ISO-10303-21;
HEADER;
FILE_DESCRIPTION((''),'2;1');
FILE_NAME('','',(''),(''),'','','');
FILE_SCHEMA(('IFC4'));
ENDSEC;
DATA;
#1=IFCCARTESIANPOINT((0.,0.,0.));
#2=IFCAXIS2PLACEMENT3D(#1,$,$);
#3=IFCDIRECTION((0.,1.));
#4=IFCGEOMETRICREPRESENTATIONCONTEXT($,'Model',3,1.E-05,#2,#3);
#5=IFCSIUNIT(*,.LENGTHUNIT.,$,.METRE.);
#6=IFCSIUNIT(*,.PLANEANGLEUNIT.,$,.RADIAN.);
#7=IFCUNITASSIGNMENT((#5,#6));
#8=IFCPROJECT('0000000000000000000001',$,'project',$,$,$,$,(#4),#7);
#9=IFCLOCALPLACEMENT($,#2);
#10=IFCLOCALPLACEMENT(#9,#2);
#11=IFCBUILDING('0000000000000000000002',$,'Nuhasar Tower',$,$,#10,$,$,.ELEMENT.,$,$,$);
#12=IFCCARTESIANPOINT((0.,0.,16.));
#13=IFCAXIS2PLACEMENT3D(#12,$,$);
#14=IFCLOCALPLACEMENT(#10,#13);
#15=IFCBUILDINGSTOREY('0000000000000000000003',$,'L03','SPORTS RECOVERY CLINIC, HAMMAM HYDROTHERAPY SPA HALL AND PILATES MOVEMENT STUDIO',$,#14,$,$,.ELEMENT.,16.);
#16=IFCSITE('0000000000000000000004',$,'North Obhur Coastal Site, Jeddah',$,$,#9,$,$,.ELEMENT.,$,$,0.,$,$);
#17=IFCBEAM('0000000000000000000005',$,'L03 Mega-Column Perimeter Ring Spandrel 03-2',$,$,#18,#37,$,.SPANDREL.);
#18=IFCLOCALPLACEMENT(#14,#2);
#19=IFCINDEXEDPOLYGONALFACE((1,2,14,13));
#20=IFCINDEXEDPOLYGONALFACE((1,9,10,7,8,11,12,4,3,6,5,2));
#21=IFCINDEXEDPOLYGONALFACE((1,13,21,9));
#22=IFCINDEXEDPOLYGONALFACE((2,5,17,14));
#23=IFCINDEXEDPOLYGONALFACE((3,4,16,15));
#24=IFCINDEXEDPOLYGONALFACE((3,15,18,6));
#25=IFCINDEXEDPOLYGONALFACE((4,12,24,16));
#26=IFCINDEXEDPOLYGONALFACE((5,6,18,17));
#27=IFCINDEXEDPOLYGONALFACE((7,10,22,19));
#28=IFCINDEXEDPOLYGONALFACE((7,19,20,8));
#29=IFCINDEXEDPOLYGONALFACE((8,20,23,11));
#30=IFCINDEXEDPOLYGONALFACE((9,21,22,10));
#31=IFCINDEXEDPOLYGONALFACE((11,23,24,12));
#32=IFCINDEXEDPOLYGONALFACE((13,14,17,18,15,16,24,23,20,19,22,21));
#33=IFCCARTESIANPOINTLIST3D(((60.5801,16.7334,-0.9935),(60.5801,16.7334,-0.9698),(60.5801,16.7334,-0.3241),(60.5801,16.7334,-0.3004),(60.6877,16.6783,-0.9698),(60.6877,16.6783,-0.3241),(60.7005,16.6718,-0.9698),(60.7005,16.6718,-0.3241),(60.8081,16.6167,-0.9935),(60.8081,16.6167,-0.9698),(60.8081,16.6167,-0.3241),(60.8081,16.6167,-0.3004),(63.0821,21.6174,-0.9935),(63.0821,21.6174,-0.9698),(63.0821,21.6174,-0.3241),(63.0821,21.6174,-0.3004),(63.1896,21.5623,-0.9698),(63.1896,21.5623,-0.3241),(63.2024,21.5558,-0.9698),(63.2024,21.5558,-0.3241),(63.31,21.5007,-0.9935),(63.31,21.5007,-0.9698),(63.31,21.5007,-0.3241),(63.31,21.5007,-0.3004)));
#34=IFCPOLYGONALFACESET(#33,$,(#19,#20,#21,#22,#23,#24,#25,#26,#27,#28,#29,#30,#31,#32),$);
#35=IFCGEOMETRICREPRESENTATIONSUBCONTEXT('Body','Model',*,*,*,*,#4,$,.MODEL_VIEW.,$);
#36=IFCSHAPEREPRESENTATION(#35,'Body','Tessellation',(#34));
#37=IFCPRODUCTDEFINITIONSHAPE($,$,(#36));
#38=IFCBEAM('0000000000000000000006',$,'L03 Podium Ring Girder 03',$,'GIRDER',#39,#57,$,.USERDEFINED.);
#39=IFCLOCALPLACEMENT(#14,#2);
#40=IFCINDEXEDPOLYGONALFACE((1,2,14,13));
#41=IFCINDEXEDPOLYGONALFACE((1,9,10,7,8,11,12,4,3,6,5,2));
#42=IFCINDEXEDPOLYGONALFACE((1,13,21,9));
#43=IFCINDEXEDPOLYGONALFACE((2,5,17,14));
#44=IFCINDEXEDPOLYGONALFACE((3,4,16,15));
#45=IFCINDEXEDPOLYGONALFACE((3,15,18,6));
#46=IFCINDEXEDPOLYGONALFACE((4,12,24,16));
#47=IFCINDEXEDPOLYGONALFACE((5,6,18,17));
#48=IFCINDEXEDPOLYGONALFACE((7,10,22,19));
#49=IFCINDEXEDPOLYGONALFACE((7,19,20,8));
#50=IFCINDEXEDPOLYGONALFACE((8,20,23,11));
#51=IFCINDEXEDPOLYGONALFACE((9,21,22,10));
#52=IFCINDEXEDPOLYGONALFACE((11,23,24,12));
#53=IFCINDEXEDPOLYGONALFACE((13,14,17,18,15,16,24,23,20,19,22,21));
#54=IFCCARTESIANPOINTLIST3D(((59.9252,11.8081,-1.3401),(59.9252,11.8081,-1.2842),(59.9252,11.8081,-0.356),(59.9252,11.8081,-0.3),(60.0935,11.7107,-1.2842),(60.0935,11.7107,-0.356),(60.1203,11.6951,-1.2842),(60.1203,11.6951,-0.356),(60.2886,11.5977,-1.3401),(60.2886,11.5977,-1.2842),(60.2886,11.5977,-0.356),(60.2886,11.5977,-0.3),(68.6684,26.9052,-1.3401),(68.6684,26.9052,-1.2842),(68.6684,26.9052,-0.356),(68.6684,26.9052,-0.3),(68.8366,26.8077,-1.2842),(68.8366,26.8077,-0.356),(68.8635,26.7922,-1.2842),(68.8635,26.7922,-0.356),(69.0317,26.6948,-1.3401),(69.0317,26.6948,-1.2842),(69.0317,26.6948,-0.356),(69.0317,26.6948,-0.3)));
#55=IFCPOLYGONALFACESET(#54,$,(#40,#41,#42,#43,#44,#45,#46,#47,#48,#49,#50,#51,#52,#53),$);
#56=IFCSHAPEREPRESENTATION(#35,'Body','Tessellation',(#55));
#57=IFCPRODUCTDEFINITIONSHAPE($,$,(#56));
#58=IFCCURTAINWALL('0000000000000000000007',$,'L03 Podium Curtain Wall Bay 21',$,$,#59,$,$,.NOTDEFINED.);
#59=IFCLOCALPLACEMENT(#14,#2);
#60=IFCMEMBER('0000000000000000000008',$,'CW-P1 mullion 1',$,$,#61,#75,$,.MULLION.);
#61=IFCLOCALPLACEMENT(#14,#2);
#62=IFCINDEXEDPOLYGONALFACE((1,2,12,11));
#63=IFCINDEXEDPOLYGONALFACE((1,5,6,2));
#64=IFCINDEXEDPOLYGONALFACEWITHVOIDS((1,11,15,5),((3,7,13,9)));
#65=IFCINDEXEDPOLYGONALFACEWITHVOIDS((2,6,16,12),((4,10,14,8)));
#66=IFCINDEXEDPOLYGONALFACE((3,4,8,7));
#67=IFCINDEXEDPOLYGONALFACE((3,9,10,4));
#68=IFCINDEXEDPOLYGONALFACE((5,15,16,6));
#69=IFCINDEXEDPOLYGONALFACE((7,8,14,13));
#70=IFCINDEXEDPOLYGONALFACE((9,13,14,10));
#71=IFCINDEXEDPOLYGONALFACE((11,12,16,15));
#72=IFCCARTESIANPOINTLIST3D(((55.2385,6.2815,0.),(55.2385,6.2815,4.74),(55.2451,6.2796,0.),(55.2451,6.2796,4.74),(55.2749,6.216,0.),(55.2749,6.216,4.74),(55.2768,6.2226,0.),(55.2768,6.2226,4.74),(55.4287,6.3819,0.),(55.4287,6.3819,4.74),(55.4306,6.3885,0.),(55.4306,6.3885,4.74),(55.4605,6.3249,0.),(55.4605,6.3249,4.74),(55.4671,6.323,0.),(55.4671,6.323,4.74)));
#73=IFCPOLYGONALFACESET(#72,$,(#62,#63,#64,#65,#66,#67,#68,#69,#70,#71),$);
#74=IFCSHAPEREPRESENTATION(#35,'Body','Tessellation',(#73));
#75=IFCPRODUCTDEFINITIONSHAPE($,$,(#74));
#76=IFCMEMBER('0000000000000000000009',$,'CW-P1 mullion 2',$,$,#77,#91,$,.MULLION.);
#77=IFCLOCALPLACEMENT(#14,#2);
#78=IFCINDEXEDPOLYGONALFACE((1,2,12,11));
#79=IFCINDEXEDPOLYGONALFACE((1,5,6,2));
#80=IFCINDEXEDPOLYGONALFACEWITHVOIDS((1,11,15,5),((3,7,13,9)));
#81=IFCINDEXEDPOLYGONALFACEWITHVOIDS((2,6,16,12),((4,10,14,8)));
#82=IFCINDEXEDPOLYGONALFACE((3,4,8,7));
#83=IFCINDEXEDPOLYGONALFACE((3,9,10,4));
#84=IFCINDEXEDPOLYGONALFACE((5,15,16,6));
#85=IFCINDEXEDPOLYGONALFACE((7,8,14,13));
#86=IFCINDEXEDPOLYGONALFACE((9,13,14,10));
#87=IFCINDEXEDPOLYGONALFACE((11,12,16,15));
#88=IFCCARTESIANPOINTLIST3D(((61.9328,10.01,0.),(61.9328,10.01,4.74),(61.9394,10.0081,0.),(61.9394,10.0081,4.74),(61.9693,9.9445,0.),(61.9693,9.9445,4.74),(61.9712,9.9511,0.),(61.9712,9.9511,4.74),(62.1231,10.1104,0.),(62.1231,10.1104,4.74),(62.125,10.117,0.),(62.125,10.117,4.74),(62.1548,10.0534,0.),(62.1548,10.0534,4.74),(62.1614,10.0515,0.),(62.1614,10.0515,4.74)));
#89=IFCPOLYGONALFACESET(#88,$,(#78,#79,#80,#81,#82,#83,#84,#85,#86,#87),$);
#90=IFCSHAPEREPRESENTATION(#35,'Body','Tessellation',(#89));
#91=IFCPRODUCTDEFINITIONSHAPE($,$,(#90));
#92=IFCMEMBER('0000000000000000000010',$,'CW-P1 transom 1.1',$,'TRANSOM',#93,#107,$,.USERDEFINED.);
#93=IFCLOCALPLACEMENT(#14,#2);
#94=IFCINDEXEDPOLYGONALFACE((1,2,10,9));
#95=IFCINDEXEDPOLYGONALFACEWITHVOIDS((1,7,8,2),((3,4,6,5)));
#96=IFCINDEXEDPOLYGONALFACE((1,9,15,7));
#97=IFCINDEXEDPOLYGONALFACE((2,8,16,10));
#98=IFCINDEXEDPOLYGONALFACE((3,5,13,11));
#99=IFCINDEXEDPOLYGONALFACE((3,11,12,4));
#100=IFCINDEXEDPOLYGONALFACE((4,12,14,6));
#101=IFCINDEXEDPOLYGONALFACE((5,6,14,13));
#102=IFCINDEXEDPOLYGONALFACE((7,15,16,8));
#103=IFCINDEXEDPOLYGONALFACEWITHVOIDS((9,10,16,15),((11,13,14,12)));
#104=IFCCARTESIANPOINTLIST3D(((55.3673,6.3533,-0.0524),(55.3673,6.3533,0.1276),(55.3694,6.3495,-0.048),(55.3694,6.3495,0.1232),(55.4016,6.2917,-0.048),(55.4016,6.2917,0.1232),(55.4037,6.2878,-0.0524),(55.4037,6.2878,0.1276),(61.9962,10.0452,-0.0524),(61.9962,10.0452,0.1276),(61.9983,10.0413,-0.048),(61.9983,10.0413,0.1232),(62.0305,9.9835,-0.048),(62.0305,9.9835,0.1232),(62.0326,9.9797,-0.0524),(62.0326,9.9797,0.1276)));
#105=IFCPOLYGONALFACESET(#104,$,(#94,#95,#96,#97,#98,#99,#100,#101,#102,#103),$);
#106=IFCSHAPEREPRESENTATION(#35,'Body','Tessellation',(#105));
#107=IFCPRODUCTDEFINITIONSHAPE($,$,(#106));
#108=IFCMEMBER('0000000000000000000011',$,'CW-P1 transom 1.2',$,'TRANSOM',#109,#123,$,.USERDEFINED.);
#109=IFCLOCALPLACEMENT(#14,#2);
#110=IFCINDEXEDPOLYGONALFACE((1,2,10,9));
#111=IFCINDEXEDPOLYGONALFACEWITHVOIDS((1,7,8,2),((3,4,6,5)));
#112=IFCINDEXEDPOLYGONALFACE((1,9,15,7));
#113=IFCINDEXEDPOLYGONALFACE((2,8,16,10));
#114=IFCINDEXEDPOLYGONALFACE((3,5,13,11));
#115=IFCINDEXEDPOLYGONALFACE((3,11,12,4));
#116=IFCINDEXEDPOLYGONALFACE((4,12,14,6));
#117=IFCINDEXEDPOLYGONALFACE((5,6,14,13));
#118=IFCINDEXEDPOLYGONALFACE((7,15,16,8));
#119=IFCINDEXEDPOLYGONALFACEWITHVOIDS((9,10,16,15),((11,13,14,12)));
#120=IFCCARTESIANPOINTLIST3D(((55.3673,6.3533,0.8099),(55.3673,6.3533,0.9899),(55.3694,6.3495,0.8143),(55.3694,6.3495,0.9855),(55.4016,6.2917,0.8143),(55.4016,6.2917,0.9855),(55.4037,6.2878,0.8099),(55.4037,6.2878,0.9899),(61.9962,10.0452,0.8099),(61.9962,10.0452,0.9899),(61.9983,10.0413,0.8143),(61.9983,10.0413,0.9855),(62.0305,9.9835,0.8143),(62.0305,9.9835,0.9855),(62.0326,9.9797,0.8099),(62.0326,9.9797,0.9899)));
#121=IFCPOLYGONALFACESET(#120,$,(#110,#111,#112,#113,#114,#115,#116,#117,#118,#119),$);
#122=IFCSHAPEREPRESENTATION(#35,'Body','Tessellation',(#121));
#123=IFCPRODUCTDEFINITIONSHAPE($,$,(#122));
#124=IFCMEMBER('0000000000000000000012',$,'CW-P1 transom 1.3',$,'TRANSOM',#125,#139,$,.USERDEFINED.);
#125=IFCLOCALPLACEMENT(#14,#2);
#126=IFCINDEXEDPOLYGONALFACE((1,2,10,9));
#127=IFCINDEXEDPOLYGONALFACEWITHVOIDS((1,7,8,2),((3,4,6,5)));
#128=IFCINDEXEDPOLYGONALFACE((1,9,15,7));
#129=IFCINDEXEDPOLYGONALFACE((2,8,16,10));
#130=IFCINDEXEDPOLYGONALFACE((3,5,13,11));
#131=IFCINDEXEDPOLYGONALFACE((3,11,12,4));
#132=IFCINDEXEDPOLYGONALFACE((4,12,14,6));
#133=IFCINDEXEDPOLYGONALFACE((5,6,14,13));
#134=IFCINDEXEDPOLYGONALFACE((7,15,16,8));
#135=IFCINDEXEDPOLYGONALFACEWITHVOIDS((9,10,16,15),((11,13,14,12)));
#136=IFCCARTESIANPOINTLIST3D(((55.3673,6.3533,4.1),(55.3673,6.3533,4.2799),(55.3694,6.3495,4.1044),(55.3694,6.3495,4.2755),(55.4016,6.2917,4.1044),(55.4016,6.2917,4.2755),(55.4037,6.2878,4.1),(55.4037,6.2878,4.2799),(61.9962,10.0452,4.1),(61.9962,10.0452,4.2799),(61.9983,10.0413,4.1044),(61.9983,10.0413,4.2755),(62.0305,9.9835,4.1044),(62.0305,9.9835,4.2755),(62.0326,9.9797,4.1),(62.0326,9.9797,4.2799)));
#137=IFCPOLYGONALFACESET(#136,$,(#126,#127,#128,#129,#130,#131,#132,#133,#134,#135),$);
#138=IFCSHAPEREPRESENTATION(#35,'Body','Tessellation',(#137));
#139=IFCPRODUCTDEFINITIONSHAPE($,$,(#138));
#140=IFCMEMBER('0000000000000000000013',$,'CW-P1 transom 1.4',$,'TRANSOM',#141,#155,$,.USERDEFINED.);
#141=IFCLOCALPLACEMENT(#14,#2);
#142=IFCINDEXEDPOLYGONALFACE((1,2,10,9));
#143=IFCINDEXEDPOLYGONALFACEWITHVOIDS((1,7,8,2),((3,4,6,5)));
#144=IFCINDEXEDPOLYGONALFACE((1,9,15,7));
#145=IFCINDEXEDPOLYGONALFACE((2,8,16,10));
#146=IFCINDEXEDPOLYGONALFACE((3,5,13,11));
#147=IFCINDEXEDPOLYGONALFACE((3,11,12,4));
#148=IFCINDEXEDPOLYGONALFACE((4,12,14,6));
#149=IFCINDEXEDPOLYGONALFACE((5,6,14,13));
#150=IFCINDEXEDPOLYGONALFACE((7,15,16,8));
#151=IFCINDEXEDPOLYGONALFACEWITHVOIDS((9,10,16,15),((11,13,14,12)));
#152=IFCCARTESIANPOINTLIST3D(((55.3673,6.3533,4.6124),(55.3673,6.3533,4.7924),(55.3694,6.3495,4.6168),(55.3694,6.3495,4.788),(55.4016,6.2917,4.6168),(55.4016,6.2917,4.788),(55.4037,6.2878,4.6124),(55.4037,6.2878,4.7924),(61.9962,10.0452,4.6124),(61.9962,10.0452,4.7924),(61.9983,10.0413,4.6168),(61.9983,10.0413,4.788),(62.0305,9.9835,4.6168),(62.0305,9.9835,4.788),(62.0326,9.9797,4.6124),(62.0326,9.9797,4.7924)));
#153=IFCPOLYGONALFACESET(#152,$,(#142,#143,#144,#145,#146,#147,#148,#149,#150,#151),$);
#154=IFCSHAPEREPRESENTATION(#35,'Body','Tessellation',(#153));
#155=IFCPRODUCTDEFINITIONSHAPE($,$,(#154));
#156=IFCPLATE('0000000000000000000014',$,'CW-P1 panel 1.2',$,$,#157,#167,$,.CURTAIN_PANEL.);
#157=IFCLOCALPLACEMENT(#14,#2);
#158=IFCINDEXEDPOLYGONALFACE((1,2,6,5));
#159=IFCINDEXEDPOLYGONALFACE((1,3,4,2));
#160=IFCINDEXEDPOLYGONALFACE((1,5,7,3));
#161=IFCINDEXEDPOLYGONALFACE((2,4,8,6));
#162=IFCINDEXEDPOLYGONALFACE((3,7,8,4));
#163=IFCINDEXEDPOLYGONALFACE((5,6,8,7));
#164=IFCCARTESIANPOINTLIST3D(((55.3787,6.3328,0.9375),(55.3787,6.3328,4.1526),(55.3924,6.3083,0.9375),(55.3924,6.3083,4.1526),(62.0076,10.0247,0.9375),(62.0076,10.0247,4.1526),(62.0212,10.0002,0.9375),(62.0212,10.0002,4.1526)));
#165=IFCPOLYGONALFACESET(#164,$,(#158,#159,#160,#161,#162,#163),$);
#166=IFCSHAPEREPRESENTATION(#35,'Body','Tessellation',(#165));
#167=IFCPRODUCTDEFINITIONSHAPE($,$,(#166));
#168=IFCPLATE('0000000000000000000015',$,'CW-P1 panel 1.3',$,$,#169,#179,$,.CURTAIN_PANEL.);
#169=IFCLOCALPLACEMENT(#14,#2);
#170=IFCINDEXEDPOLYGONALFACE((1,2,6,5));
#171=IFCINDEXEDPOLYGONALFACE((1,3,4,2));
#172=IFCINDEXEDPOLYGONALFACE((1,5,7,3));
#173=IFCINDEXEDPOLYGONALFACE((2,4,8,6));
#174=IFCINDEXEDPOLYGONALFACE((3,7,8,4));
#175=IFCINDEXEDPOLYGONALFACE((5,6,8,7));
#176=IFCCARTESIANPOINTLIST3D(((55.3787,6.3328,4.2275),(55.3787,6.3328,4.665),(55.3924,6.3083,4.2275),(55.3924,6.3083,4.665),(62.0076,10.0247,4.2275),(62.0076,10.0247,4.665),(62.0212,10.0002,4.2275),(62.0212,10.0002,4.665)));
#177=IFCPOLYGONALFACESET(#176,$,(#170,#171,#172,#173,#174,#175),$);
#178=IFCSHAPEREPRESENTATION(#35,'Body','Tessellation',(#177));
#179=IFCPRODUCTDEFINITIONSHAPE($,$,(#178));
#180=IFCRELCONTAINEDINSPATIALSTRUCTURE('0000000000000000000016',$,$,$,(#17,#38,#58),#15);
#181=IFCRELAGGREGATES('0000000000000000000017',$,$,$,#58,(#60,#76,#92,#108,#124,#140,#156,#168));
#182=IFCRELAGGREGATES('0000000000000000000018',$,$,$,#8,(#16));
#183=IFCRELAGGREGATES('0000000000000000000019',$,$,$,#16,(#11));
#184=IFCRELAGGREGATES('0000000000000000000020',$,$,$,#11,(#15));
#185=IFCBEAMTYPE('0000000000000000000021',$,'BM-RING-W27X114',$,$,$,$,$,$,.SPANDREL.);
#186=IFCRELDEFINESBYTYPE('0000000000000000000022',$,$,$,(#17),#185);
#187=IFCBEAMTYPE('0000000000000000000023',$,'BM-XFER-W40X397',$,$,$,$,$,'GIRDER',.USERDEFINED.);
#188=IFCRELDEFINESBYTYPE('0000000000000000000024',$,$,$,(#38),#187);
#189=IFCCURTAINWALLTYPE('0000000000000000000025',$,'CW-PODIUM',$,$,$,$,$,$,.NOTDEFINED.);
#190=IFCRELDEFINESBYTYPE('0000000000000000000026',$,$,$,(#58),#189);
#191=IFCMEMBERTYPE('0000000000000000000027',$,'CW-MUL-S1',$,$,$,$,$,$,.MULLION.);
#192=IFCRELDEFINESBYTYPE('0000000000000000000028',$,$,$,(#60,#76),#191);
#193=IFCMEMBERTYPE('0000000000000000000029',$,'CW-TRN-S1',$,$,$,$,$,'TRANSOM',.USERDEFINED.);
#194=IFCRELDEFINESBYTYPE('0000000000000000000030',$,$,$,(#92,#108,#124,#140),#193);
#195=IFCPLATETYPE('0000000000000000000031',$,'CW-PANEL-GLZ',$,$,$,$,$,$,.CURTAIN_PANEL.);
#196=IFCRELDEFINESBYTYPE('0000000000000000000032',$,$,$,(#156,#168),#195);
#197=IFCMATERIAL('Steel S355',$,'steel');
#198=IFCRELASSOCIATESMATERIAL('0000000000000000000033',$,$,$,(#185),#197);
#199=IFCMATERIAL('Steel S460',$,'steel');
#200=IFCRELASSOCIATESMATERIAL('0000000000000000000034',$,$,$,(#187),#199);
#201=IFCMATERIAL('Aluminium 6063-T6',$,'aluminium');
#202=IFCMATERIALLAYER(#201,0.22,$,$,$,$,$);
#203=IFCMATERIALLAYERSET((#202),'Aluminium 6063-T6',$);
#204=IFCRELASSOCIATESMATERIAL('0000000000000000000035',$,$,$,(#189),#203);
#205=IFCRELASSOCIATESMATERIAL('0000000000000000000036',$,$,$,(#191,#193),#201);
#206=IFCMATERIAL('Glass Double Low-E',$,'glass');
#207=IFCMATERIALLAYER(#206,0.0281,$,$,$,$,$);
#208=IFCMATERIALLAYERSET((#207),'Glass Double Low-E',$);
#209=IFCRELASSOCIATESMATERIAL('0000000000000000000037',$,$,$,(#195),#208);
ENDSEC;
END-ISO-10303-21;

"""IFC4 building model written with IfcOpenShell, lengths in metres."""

from ifc_helpers import new_model, si_unit, direction, frame, origin, origin_2d, place, context, subcontext, project, spatial, rectangle, hollow_rectangle, i_section, extrude, material, layer, layer_set, material_profile, profile_set, type_object, element, aggregate, save


model = new_model("IFC4")

# Units and contexts
model_context = context("Model", 3, precision=1e-05, world=origin(), true_north=direction((0.0, 1.0)))
body_context = subcontext(model_context, "Body", "Model", "MODEL_VIEW")
ifc_project = project(units=[si_unit("LENGTHUNIT", "METRE"), si_unit("PLANEANGLEUNIT", "RADIAN")], contexts=[model_context])

# Site, building, storey
site_placement = place(None, origin())
site = spatial("IfcSite", under=ifc_project, at=site_placement, Name="North Obhur Coastal Site, Jeddah", CompositionType="ELEMENT", RefElevation=0.0)
building_placement = place(site_placement, origin())
building = spatial("IfcBuilding", under=site, at=building_placement, Name="Nuhasar Tower", CompositionType="ELEMENT")
storey_placement = place(building_placement, frame((0.0, 0.0, 16.0)))
storey = spatial("IfcBuildingStorey", under=building, at=storey_placement, Name="L03", Description="SPORTS RECOVERY CLINIC, HAMMAM HYDROTHERAPY SPA HALL AND PILATES MOVEMENT STUDIO", CompositionType="ELEMENT", Elevation=16.0)

# Beams
ifc_material_1 = material(Name="Steel S355", Category="steel")
ifc_material_profile_1 = material_profile(ifc_material_1, i_section(OverallWidth=0.2561, OverallDepth=0.6931, WebThickness=0.0144, FlangeThickness=0.0237, at=origin_2d()), Name="W27X114")
ifc_profile_set_1 = profile_set([ifc_material_profile_1], Name="Steel S355")
beam_type_1 = type_object("IfcBeamType", Name="BM-RING-W27X114", PredefinedType="SPANDREL", material=ifc_profile_set_1)
beam_1_placement = place(storey_placement, frame((60.6941, 16.675, -0.647), z_axis=(0.45593, 0.890016, 0.0), x_axis=(-0.890016, 0.45593, 0.0)))
element("IfcBeam", 1, at=beam_1_placement, inside=storey, type_object=beam_type_1, Name="L03 Mega-Column Perimeter Ring Spandrel 03-2", PredefinedType="SPANDREL", context=body_context, shape_type="SweptSolid", body=[
    extrude(i_section(OverallWidth=0.2561, OverallDepth=0.6931, WebThickness=0.0144, FlangeThickness=0.0237, at=origin_2d()), origin(), (0.0, 0.0, 1.0), 5.4875),
])
ifc_material_2 = material(Name="Steel S460", Category="steel")
ifc_material_profile_2 = material_profile(ifc_material_2, i_section(OverallWidth=0.4199, OverallDepth=1.04, WebThickness=0.031, FlangeThickness=0.0559, at=origin_2d()), Name="W40X397")
ifc_profile_set_2 = profile_set([ifc_material_profile_2], Name="Steel S460")
beam_type_2 = type_object("IfcBeamType", Name="BM-XFER-W40X397", ElementType="GIRDER", PredefinedType="USERDEFINED", material=ifc_profile_set_2)
beam_2_placement = place(storey_placement, frame((60.1069, 11.7029, -0.8201), z_axis=(0.501152, 0.865359, 0.0), x_axis=(-0.865359, 0.501152, 0.0)))
element("IfcBeam", 2, at=beam_2_placement, inside=storey, type_object=beam_type_2, Name="L03 Podium Ring Girder 03", ObjectType="GIRDER", PredefinedType="USERDEFINED", context=body_context, shape_type="SweptSolid", body=[
    extrude(i_section(OverallWidth=0.4199, OverallDepth=1.04, WebThickness=0.031, FlangeThickness=0.0559, at=origin_2d()), origin(), (0.0, 0.0, 1.0), 17.446),
])

# Curtain wall, members, plates
ifc_material_3 = material(Name="Aluminium 6063-T6", Category="aluminium")
ifc_layer_1 = layer(ifc_material_3, 0.22)
ifc_layer_set_1 = layer_set([ifc_layer_1], Name="Aluminium 6063-T6")
curtain_wall_type = type_object("IfcCurtainWallType", Name="CW-PODIUM", PredefinedType="NOTDEFINED", material=ifc_layer_set_1)
curtain_wall_placement = place(storey_placement, origin())
curtain_wall = element("IfcCurtainWall", 3, at=curtain_wall_placement, inside=storey, type_object=curtain_wall_type, Name="L03 Podium Curtain Wall Bay 21", PredefinedType="NOTDEFINED")
ifc_material_profile_3 = material_profile(ifc_material_3, hollow_rectangle(XDim=0.075, YDim=0.22, WallThickness=0.0049, at=origin_2d()), Name="CWM-1")
ifc_profile_set_3 = profile_set([ifc_material_profile_3], Name="Aluminium 6063-T6")
member_type_1 = type_object("IfcMemberType", Name="CW-MUL-S1", PredefinedType="MULLION", material=ifc_profile_set_3)
member_1_placement = place(storey_placement, frame((55.3528, 6.3022, 0.0), z_axis=(0.0, 0.0, 1.0), x_axis=(-0.486575, 0.873639, 0.0)))
member_1 = element("IfcMember", 4, at=member_1_placement, type_object=member_type_1, Name="CW-P1 mullion 1", PredefinedType="MULLION", context=body_context, shape_type="SweptSolid", body=[
    extrude(hollow_rectangle(XDim=0.075, YDim=0.22, WallThickness=0.0049, at=origin_2d()), origin(), (0.0, 0.0, 1.0), 4.74),
])
member_2_placement = place(storey_placement, frame((62.0471, 10.0308, 0.0), z_axis=(0.0, 0.0, 1.0), x_axis=(-0.486575, 0.873639, 0.0)))
member_2 = element("IfcMember", 5, at=member_2_placement, type_object=member_type_1, Name="CW-P1 mullion 2", PredefinedType="MULLION", context=body_context, shape_type="SweptSolid", body=[
    extrude(hollow_rectangle(XDim=0.075, YDim=0.22, WallThickness=0.0049, at=origin_2d()), origin(), (0.0, 0.0, 1.0), 4.74),
])
ifc_material_profile_4 = material_profile(ifc_material_3, hollow_rectangle(XDim=0.075, YDim=0.1799, WallThickness=0.0044, at=origin_2d()), Name="CWT-1")
ifc_profile_set_4 = profile_set([ifc_material_profile_4], Name="Aluminium 6063-T6")
member_type_2 = type_object("IfcMemberType", Name="CW-TRN-S1", ElementType="TRANSOM", PredefinedType="USERDEFINED", material=ifc_profile_set_4)
member_3_placement = place(storey_placement, frame((55.3855, 6.3206, 0.0376), z_axis=(0.873644, 0.486566, 0.0), x_axis=(-0.486566, 0.873644, 0.0)))
member_3 = element("IfcMember", 6, at=member_3_placement, type_object=member_type_2, Name="CW-P1 transom 1.1", ObjectType="TRANSOM", PredefinedType="USERDEFINED", context=body_context, shape_type="SweptSolid", body=[
    extrude(hollow_rectangle(XDim=0.075, YDim=0.1799, WallThickness=0.0044, at=origin_2d()), origin(), (0.0, 0.0, 1.0), 7.5876),
])
member_4_placement = place(storey_placement, frame((55.3855, 6.3206, 0.8999), z_axis=(0.873644, 0.486566, 0.0), x_axis=(-0.486566, 0.873644, 0.0)))
member_4 = element("IfcMember", 7, at=member_4_placement, type_object=member_type_2, Name="CW-P1 transom 1.2", ObjectType="TRANSOM", PredefinedType="USERDEFINED", context=body_context, shape_type="SweptSolid", body=[
    extrude(hollow_rectangle(XDim=0.075, YDim=0.1799, WallThickness=0.0044, at=origin_2d()), origin(), (0.0, 0.0, 1.0), 7.5876),
])
member_5_placement = place(storey_placement, frame((55.3855, 6.3206, 4.1899), z_axis=(0.873644, 0.486566, 0.0), x_axis=(-0.486566, 0.873644, 0.0)))
member_5 = element("IfcMember", 8, at=member_5_placement, type_object=member_type_2, Name="CW-P1 transom 1.3", ObjectType="TRANSOM", PredefinedType="USERDEFINED", context=body_context, shape_type="SweptSolid", body=[
    extrude(hollow_rectangle(XDim=0.075, YDim=0.1799, WallThickness=0.0044, at=origin_2d()), origin(), (0.0, 0.0, 1.0), 7.5876),
])
member_6_placement = place(storey_placement, frame((55.3855, 6.3206, 4.7024), z_axis=(0.873644, 0.486566, 0.0), x_axis=(-0.486566, 0.873644, 0.0)))
member_6 = element("IfcMember", 9, at=member_6_placement, type_object=member_type_2, Name="CW-P1 transom 1.4", ObjectType="TRANSOM", PredefinedType="USERDEFINED", context=body_context, shape_type="SweptSolid", body=[
    extrude(hollow_rectangle(XDim=0.075, YDim=0.1799, WallThickness=0.0044, at=origin_2d()), origin(), (0.0, 0.0, 1.0), 7.5876),
])
ifc_material_4 = material(Name="Glass Double Low-E", Category="glass")
ifc_layer_2 = layer(ifc_material_4, 0.0281)
ifc_layer_set_2 = layer_set([ifc_layer_2], Name="Glass Double Low-E")
plate_type_1 = type_object("IfcPlateType", Name="CW-PANEL-GLZ", PredefinedType="CURTAIN_PANEL", material=ifc_layer_set_2)
plate_1_placement = place(storey_placement, frame((58.7, 8.1665, 0.9375), z_axis=(0.0, 0.0, 1.0), x_axis=(0.873639, 0.486575, 0.0)))
plate_1 = element("IfcPlate", 10, at=plate_1_placement, type_object=plate_type_1, Name="CW-P1 panel 1.2", PredefinedType="CURTAIN_PANEL", context=body_context, shape_type="SweptSolid", body=[
    extrude(rectangle(XDim=7.5876, YDim=0.0281, at=origin_2d()), origin(), (0.0, 0.0, 1.0), 3.2151),
])
plate_2_placement = place(storey_placement, frame((58.7, 8.1665, 4.2275), z_axis=(0.0, 0.0, 1.0), x_axis=(0.873639, 0.486575, 0.0)))
plate_2 = element("IfcPlate", 11, at=plate_2_placement, type_object=plate_type_1, Name="CW-P1 panel 1.3", PredefinedType="CURTAIN_PANEL", context=body_context, shape_type="SweptSolid", body=[
    extrude(rectangle(XDim=7.5876, YDim=0.0281, at=origin_2d()), origin(), (0.0, 0.0, 1.0), 0.4375),
])
aggregate(curtain_wall, [member_1, member_2, member_3, member_4, member_5, member_6, plate_1, plate_2])

save(model, "model.ifc")
